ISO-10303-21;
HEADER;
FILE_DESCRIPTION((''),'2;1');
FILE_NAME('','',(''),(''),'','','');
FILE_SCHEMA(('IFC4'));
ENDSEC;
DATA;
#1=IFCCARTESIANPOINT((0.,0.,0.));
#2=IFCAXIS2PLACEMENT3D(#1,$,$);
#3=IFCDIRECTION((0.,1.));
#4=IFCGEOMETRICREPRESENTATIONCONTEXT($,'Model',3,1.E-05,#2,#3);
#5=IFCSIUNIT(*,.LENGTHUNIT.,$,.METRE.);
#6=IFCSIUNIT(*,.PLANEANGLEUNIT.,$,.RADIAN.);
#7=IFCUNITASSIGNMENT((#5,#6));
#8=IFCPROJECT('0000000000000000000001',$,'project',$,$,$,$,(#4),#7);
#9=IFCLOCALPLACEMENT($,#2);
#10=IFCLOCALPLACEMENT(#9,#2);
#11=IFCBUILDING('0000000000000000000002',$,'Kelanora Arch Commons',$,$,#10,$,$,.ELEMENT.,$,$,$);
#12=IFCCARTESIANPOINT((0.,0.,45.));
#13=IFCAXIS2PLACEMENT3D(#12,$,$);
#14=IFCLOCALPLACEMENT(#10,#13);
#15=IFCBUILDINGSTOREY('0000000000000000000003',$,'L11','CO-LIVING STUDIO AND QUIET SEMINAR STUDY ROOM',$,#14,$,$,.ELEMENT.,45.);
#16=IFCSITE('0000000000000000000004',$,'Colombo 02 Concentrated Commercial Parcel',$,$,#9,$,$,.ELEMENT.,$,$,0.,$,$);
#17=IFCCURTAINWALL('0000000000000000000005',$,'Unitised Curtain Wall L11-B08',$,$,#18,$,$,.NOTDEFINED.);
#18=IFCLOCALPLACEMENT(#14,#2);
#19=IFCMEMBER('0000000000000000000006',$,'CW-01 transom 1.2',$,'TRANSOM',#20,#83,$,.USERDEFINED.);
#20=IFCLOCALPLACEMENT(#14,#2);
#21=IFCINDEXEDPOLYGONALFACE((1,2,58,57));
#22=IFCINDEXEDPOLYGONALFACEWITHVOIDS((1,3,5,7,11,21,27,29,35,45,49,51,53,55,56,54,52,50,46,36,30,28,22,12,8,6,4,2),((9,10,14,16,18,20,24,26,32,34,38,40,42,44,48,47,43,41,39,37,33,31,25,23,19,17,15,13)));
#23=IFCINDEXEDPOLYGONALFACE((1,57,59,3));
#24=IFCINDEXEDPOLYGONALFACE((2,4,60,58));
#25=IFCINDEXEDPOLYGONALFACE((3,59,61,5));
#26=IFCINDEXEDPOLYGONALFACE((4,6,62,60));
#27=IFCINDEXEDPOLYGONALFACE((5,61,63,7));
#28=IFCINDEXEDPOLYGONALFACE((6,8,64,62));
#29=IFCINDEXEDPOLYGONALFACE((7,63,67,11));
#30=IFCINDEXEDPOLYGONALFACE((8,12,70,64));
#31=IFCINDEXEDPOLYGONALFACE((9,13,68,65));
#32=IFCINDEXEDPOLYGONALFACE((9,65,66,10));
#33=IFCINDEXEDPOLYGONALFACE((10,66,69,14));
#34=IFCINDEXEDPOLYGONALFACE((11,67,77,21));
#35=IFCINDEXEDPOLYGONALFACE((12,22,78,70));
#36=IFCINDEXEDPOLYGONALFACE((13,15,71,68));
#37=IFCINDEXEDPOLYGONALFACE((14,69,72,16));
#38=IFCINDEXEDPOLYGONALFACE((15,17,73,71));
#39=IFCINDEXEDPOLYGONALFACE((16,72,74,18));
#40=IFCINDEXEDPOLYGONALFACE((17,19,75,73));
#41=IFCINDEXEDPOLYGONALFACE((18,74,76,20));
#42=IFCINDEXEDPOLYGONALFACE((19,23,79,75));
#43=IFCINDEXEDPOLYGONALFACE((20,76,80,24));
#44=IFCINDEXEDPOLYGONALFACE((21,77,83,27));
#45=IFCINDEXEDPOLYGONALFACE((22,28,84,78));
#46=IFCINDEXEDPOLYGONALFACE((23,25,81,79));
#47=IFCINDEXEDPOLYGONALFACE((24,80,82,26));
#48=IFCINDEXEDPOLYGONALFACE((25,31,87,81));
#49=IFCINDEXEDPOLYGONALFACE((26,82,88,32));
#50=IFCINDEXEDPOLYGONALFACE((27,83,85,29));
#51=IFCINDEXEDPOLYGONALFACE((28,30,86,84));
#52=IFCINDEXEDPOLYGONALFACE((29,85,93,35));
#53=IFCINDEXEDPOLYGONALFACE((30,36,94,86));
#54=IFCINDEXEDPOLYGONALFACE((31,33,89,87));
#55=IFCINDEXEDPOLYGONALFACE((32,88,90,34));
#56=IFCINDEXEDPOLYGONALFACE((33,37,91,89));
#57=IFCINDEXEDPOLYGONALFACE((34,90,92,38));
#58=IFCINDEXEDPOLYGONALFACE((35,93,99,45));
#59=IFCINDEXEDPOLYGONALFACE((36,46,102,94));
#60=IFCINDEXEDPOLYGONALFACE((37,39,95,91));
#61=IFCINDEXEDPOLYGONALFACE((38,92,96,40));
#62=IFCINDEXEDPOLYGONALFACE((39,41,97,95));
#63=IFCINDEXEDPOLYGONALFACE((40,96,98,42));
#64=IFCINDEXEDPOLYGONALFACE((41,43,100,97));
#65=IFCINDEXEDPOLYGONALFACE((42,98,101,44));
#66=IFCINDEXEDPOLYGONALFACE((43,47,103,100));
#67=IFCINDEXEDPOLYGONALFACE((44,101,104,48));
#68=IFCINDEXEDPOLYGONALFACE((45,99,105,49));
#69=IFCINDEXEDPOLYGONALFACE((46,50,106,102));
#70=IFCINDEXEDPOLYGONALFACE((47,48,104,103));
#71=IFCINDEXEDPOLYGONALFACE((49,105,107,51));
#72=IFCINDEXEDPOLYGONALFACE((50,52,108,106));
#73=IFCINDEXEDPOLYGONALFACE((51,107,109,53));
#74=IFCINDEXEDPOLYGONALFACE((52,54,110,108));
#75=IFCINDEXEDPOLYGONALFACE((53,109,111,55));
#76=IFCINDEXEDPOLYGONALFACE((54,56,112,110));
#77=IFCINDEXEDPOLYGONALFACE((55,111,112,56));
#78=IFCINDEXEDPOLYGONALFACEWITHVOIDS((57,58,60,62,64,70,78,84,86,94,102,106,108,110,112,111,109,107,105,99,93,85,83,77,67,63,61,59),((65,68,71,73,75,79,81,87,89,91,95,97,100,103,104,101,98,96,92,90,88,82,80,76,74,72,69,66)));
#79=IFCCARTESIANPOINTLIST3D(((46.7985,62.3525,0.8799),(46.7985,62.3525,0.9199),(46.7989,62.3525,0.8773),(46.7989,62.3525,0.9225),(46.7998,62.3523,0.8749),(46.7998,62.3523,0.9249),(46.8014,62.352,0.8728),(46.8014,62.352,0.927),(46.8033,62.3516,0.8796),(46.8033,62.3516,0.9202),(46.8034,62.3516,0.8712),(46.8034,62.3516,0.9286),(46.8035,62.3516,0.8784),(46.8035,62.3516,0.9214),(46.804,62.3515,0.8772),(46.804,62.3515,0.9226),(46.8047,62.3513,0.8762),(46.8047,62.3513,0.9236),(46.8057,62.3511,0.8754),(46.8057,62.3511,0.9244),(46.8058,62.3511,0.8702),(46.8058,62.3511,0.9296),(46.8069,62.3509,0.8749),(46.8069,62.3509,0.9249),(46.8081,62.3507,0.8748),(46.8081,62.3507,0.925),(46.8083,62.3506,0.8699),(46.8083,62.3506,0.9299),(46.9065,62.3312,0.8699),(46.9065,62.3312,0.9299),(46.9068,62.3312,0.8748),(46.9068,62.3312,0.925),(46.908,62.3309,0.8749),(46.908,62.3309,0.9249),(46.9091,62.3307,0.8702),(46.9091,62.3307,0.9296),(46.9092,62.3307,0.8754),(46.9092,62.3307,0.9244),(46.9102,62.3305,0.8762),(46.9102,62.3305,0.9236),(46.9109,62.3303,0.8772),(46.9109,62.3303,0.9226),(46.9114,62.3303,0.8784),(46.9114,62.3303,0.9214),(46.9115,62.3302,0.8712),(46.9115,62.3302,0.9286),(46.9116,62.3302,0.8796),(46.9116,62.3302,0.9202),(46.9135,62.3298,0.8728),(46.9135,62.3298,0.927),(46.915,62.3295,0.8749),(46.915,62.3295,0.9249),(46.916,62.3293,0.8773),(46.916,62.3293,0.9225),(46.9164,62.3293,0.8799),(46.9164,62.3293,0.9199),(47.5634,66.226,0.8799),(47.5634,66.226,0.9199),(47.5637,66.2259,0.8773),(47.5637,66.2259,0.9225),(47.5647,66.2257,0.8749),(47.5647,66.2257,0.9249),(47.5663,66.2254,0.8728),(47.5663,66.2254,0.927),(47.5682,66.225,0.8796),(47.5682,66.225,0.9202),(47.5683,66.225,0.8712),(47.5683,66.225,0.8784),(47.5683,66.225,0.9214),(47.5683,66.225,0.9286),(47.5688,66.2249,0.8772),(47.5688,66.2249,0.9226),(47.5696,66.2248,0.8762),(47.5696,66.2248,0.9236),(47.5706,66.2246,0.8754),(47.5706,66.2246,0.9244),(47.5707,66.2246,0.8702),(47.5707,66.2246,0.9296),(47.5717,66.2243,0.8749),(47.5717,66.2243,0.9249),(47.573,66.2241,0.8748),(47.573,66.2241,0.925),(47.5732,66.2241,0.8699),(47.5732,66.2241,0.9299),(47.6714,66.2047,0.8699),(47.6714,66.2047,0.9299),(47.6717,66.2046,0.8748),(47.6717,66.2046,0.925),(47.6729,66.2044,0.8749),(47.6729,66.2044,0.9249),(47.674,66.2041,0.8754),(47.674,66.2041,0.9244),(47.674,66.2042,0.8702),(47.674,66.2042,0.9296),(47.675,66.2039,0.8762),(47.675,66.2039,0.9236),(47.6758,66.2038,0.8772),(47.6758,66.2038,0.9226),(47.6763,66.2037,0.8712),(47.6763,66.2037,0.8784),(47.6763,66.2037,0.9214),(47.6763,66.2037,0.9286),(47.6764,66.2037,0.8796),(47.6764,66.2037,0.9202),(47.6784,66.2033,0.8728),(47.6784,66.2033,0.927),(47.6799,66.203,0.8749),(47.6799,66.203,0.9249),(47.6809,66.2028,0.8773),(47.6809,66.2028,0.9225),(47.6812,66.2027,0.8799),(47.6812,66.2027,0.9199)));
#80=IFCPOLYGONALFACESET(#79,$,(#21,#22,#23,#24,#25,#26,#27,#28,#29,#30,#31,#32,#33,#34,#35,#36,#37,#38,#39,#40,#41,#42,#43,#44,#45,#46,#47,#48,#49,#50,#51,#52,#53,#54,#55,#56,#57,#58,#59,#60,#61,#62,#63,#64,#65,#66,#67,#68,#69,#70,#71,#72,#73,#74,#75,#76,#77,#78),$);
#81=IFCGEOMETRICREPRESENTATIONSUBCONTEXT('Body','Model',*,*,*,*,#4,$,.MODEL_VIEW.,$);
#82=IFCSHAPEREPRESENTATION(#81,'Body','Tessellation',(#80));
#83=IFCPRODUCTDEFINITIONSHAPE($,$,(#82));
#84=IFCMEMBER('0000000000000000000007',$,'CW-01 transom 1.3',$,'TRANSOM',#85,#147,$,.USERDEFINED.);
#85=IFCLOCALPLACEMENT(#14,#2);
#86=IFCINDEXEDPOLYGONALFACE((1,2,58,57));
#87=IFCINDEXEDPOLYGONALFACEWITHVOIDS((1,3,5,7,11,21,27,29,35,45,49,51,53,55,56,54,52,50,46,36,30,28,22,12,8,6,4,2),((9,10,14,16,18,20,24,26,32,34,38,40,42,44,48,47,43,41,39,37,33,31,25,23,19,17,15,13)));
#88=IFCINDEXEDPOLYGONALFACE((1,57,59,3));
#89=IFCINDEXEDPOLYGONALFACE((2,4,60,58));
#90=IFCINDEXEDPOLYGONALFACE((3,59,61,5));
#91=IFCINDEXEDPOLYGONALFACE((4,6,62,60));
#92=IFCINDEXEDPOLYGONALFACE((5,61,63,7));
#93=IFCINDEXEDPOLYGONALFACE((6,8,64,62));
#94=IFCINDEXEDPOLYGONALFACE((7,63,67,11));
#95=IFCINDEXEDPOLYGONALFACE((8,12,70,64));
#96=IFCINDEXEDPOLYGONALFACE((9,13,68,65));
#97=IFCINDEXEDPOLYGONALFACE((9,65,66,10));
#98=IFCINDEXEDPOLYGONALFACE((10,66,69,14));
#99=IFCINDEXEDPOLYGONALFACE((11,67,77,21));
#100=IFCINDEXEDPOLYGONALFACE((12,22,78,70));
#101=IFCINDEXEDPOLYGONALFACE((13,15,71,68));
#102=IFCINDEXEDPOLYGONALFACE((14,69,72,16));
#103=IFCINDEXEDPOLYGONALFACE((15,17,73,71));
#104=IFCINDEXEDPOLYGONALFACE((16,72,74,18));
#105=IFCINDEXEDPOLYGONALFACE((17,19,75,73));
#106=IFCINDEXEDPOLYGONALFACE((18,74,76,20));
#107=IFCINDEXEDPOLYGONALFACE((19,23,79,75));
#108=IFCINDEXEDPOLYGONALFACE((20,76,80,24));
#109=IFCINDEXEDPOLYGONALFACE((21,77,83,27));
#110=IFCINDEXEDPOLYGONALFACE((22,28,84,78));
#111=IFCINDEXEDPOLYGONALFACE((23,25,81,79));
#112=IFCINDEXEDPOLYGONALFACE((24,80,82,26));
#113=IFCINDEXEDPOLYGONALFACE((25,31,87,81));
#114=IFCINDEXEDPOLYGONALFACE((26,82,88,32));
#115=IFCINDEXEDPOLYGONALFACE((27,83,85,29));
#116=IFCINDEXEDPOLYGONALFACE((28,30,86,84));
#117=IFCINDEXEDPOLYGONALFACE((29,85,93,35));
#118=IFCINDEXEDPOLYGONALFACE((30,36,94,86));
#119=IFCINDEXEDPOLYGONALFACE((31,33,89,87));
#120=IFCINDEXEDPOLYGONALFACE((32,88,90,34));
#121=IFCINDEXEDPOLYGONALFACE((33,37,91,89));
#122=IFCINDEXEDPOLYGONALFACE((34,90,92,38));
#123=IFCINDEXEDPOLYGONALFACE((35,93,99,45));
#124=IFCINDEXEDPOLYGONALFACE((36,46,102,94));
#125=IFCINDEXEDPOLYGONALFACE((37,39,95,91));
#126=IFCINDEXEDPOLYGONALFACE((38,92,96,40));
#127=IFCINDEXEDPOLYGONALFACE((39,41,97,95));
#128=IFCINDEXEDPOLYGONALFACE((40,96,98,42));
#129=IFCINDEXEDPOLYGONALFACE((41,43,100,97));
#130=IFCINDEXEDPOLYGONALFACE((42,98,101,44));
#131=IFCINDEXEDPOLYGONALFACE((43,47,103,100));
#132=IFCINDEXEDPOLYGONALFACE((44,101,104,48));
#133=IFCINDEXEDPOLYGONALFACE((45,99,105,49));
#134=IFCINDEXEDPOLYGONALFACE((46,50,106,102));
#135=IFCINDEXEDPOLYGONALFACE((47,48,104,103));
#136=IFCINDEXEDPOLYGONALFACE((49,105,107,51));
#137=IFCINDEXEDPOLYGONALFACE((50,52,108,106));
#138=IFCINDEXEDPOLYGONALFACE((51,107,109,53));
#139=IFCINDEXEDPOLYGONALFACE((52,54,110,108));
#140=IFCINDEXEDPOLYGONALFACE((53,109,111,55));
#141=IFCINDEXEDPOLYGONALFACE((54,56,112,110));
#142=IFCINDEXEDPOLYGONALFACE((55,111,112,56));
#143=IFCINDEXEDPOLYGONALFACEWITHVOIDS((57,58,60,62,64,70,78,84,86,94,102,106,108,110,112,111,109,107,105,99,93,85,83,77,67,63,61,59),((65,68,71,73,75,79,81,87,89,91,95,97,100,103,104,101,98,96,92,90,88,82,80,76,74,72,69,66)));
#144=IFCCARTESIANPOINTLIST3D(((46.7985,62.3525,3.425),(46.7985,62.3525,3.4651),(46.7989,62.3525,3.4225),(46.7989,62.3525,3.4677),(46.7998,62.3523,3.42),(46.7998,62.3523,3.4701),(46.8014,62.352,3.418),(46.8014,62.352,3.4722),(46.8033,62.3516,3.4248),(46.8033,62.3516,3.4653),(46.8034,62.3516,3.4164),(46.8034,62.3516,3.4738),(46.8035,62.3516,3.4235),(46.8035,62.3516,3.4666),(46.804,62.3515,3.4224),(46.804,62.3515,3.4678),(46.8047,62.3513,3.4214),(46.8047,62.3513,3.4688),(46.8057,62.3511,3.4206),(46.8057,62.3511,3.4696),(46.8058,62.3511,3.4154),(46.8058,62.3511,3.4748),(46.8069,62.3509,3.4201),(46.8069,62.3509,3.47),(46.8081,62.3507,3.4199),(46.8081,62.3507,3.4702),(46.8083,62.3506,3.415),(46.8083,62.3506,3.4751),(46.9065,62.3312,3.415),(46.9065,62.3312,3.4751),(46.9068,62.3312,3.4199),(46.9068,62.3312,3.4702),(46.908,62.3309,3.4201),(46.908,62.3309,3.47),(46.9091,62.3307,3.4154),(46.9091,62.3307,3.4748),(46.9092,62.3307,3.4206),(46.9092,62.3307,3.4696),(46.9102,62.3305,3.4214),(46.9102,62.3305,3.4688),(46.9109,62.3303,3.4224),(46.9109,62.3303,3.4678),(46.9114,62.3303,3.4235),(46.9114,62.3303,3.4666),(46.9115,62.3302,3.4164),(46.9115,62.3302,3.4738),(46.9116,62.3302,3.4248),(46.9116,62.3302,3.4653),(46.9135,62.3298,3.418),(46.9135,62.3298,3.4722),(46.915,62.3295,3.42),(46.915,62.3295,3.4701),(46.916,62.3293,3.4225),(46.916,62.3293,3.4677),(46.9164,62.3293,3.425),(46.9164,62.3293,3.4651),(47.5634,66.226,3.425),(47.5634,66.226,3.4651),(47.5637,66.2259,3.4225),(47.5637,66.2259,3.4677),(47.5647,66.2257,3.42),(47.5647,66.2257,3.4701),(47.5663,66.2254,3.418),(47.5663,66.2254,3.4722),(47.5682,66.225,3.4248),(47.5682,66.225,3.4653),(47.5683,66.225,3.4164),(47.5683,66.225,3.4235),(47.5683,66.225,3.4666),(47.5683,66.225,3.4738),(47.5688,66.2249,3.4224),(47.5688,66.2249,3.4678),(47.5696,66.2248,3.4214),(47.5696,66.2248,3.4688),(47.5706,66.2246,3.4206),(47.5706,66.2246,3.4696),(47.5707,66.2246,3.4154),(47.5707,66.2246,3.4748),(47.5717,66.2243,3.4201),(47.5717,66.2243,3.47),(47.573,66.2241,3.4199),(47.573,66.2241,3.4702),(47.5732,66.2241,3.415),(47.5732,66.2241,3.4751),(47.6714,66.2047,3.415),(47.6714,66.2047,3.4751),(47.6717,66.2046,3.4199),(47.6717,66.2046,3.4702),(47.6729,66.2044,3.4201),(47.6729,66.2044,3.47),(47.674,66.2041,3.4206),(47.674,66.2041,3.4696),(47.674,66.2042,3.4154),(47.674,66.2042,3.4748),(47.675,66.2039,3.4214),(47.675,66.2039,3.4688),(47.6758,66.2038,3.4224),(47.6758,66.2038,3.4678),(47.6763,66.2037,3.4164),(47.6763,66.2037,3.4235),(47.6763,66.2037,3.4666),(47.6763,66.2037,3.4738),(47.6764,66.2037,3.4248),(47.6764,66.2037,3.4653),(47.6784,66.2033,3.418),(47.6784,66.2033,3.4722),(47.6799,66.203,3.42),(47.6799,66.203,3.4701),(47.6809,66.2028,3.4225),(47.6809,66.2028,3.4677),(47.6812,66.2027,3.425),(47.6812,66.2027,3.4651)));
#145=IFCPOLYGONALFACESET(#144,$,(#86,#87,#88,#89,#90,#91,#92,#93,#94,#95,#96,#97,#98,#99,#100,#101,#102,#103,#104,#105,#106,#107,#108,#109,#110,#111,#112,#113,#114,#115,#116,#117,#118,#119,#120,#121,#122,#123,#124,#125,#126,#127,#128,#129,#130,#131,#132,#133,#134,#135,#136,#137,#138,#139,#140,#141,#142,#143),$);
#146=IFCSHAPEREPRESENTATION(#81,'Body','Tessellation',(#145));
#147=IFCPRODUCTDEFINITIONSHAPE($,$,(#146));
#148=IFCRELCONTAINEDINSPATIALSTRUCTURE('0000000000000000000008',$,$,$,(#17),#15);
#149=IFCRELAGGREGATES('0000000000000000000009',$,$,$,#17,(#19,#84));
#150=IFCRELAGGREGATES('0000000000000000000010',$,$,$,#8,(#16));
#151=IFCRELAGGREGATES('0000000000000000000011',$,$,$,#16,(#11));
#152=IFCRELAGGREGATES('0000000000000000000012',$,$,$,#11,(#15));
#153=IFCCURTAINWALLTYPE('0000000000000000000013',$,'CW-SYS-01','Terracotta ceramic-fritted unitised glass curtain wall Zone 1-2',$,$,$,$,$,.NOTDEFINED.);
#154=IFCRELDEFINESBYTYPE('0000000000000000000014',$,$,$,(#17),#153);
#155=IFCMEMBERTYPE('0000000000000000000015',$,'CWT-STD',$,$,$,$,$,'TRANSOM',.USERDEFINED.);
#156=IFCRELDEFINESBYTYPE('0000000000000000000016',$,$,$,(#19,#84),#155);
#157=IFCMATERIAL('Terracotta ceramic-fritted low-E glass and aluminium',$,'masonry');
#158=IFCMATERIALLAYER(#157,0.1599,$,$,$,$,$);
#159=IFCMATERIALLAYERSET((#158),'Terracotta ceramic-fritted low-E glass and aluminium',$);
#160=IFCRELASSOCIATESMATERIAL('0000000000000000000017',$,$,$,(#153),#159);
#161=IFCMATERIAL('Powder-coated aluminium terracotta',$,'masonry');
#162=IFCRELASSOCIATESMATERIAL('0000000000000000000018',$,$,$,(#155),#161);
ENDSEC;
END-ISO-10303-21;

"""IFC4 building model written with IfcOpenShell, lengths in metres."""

from ifc_helpers import new_model, si_unit, direction, frame, origin, origin_2d, place, context, subcontext, project, spatial, hollow_rectangle, extrude, material, layer, layer_set, material_profile, profile_set, type_object, element, aggregate, save


model = new_model("IFC4")

# Units and contexts
model_context = context("Model", 3, precision=1e-05, world=origin(), true_north=direction((0.0, 1.0)))
body_context = subcontext(model_context, "Body", "Model", "MODEL_VIEW")
ifc_project = project(units=[si_unit("LENGTHUNIT", "METRE"), si_unit("PLANEANGLEUNIT", "RADIAN")], contexts=[model_context])

# Site, building, storey
site_placement = place(None, origin())
site = spatial("IfcSite", under=ifc_project, at=site_placement, Name="Colombo 02 Concentrated Commercial Parcel", CompositionType="ELEMENT", RefElevation=0.0)
building_placement = place(site_placement, origin())
building = spatial("IfcBuilding", under=site, at=building_placement, Name="Kelanora Arch Commons", CompositionType="ELEMENT")
storey_placement = place(building_placement, frame((0.0, 0.0, 45.0)))
storey = spatial("IfcBuildingStorey", under=building, at=storey_placement, Name="L11", Description="CO-LIVING STUDIO AND QUIET SEMINAR STUDY ROOM", CompositionType="ELEMENT", Elevation=45.0)

# Curtain wall, members
ifc_material_1 = material(Name="Terracotta ceramic-fritted low-E glass and aluminium", Category="masonry")
ifc_layer_1 = layer(ifc_material_1, 0.1599)
ifc_layer_set_1 = layer_set([ifc_layer_1], Name="Terracotta ceramic-fritted low-E glass and aluminium")
curtain_wall_type = type_object("IfcCurtainWallType", Name="CW-SYS-01", Description="Terracotta ceramic-fritted unitised glass curtain wall Zone 1-2", PredefinedType="NOTDEFINED", material=ifc_layer_set_1)
curtain_wall_placement = place(storey_placement, origin())
curtain_wall = element("IfcCurtainWall", 1, at=curtain_wall_placement, inside=storey, type_object=curtain_wall_type, Name="Unitised Curtain Wall L11-B08", PredefinedType="NOTDEFINED")
ifc_material_2 = material(Name="Powder-coated aluminium terracotta", Category="masonry")
ifc_material_profile_1 = material_profile(ifc_material_2, hollow_rectangle(XDim=0.1201, YDim=0.0601, WallThickness=0.0049, InnerFilletRadius=0.0049, OuterFilletRadius=0.01, at=origin_2d()), Name="CWT120x60")
ifc_profile_set_1 = profile_set([ifc_material_profile_1], Name="Powder-coated aluminium terracotta")
member_type_1 = type_object("IfcMemberType", Name="CWT-STD", ElementType="TRANSOM", PredefinedType="USERDEFINED", material=ifc_profile_set_1)
member_1_placement = place(storey_placement, frame((47.6223, 66.2144, 0.8999), z_axis=(-0.193725, -0.981056, 0.0), x_axis=(0.981056, -0.193725, 0.0)))
member_1 = element("IfcMember", 2, at=member_1_placement, type_object=member_type_1, Name="CW-01 transom 1.2", ObjectType="TRANSOM", PredefinedType="USERDEFINED", context=body_context, shape_type="SweptSolid", body=[
    extrude(hollow_rectangle(XDim=0.1201, YDim=0.0601, WallThickness=0.0049, InnerFilletRadius=0.0049, OuterFilletRadius=0.01, at=origin_2d()), origin(), (0.0, 0.0, 1.0), 3.9482),
])
member_2_placement = place(storey_placement, frame((47.6223, 66.2144, 3.4451), z_axis=(-0.193725, -0.981056, 0.0), x_axis=(0.981056, -0.193725, 0.0)))
member_2 = element("IfcMember", 3, at=member_2_placement, type_object=member_type_1, Name="CW-01 transom 1.3", ObjectType="TRANSOM", PredefinedType="USERDEFINED", context=body_context, shape_type="SweptSolid", body=[
    extrude(hollow_rectangle(XDim=0.1201, YDim=0.0601, WallThickness=0.0049, InnerFilletRadius=0.0049, OuterFilletRadius=0.01, at=origin_2d()), origin(), (0.0, 0.0, 1.0), 3.9482),
])
aggregate(curtain_wall, [member_1, member_2])

save(model, "model.ifc")
